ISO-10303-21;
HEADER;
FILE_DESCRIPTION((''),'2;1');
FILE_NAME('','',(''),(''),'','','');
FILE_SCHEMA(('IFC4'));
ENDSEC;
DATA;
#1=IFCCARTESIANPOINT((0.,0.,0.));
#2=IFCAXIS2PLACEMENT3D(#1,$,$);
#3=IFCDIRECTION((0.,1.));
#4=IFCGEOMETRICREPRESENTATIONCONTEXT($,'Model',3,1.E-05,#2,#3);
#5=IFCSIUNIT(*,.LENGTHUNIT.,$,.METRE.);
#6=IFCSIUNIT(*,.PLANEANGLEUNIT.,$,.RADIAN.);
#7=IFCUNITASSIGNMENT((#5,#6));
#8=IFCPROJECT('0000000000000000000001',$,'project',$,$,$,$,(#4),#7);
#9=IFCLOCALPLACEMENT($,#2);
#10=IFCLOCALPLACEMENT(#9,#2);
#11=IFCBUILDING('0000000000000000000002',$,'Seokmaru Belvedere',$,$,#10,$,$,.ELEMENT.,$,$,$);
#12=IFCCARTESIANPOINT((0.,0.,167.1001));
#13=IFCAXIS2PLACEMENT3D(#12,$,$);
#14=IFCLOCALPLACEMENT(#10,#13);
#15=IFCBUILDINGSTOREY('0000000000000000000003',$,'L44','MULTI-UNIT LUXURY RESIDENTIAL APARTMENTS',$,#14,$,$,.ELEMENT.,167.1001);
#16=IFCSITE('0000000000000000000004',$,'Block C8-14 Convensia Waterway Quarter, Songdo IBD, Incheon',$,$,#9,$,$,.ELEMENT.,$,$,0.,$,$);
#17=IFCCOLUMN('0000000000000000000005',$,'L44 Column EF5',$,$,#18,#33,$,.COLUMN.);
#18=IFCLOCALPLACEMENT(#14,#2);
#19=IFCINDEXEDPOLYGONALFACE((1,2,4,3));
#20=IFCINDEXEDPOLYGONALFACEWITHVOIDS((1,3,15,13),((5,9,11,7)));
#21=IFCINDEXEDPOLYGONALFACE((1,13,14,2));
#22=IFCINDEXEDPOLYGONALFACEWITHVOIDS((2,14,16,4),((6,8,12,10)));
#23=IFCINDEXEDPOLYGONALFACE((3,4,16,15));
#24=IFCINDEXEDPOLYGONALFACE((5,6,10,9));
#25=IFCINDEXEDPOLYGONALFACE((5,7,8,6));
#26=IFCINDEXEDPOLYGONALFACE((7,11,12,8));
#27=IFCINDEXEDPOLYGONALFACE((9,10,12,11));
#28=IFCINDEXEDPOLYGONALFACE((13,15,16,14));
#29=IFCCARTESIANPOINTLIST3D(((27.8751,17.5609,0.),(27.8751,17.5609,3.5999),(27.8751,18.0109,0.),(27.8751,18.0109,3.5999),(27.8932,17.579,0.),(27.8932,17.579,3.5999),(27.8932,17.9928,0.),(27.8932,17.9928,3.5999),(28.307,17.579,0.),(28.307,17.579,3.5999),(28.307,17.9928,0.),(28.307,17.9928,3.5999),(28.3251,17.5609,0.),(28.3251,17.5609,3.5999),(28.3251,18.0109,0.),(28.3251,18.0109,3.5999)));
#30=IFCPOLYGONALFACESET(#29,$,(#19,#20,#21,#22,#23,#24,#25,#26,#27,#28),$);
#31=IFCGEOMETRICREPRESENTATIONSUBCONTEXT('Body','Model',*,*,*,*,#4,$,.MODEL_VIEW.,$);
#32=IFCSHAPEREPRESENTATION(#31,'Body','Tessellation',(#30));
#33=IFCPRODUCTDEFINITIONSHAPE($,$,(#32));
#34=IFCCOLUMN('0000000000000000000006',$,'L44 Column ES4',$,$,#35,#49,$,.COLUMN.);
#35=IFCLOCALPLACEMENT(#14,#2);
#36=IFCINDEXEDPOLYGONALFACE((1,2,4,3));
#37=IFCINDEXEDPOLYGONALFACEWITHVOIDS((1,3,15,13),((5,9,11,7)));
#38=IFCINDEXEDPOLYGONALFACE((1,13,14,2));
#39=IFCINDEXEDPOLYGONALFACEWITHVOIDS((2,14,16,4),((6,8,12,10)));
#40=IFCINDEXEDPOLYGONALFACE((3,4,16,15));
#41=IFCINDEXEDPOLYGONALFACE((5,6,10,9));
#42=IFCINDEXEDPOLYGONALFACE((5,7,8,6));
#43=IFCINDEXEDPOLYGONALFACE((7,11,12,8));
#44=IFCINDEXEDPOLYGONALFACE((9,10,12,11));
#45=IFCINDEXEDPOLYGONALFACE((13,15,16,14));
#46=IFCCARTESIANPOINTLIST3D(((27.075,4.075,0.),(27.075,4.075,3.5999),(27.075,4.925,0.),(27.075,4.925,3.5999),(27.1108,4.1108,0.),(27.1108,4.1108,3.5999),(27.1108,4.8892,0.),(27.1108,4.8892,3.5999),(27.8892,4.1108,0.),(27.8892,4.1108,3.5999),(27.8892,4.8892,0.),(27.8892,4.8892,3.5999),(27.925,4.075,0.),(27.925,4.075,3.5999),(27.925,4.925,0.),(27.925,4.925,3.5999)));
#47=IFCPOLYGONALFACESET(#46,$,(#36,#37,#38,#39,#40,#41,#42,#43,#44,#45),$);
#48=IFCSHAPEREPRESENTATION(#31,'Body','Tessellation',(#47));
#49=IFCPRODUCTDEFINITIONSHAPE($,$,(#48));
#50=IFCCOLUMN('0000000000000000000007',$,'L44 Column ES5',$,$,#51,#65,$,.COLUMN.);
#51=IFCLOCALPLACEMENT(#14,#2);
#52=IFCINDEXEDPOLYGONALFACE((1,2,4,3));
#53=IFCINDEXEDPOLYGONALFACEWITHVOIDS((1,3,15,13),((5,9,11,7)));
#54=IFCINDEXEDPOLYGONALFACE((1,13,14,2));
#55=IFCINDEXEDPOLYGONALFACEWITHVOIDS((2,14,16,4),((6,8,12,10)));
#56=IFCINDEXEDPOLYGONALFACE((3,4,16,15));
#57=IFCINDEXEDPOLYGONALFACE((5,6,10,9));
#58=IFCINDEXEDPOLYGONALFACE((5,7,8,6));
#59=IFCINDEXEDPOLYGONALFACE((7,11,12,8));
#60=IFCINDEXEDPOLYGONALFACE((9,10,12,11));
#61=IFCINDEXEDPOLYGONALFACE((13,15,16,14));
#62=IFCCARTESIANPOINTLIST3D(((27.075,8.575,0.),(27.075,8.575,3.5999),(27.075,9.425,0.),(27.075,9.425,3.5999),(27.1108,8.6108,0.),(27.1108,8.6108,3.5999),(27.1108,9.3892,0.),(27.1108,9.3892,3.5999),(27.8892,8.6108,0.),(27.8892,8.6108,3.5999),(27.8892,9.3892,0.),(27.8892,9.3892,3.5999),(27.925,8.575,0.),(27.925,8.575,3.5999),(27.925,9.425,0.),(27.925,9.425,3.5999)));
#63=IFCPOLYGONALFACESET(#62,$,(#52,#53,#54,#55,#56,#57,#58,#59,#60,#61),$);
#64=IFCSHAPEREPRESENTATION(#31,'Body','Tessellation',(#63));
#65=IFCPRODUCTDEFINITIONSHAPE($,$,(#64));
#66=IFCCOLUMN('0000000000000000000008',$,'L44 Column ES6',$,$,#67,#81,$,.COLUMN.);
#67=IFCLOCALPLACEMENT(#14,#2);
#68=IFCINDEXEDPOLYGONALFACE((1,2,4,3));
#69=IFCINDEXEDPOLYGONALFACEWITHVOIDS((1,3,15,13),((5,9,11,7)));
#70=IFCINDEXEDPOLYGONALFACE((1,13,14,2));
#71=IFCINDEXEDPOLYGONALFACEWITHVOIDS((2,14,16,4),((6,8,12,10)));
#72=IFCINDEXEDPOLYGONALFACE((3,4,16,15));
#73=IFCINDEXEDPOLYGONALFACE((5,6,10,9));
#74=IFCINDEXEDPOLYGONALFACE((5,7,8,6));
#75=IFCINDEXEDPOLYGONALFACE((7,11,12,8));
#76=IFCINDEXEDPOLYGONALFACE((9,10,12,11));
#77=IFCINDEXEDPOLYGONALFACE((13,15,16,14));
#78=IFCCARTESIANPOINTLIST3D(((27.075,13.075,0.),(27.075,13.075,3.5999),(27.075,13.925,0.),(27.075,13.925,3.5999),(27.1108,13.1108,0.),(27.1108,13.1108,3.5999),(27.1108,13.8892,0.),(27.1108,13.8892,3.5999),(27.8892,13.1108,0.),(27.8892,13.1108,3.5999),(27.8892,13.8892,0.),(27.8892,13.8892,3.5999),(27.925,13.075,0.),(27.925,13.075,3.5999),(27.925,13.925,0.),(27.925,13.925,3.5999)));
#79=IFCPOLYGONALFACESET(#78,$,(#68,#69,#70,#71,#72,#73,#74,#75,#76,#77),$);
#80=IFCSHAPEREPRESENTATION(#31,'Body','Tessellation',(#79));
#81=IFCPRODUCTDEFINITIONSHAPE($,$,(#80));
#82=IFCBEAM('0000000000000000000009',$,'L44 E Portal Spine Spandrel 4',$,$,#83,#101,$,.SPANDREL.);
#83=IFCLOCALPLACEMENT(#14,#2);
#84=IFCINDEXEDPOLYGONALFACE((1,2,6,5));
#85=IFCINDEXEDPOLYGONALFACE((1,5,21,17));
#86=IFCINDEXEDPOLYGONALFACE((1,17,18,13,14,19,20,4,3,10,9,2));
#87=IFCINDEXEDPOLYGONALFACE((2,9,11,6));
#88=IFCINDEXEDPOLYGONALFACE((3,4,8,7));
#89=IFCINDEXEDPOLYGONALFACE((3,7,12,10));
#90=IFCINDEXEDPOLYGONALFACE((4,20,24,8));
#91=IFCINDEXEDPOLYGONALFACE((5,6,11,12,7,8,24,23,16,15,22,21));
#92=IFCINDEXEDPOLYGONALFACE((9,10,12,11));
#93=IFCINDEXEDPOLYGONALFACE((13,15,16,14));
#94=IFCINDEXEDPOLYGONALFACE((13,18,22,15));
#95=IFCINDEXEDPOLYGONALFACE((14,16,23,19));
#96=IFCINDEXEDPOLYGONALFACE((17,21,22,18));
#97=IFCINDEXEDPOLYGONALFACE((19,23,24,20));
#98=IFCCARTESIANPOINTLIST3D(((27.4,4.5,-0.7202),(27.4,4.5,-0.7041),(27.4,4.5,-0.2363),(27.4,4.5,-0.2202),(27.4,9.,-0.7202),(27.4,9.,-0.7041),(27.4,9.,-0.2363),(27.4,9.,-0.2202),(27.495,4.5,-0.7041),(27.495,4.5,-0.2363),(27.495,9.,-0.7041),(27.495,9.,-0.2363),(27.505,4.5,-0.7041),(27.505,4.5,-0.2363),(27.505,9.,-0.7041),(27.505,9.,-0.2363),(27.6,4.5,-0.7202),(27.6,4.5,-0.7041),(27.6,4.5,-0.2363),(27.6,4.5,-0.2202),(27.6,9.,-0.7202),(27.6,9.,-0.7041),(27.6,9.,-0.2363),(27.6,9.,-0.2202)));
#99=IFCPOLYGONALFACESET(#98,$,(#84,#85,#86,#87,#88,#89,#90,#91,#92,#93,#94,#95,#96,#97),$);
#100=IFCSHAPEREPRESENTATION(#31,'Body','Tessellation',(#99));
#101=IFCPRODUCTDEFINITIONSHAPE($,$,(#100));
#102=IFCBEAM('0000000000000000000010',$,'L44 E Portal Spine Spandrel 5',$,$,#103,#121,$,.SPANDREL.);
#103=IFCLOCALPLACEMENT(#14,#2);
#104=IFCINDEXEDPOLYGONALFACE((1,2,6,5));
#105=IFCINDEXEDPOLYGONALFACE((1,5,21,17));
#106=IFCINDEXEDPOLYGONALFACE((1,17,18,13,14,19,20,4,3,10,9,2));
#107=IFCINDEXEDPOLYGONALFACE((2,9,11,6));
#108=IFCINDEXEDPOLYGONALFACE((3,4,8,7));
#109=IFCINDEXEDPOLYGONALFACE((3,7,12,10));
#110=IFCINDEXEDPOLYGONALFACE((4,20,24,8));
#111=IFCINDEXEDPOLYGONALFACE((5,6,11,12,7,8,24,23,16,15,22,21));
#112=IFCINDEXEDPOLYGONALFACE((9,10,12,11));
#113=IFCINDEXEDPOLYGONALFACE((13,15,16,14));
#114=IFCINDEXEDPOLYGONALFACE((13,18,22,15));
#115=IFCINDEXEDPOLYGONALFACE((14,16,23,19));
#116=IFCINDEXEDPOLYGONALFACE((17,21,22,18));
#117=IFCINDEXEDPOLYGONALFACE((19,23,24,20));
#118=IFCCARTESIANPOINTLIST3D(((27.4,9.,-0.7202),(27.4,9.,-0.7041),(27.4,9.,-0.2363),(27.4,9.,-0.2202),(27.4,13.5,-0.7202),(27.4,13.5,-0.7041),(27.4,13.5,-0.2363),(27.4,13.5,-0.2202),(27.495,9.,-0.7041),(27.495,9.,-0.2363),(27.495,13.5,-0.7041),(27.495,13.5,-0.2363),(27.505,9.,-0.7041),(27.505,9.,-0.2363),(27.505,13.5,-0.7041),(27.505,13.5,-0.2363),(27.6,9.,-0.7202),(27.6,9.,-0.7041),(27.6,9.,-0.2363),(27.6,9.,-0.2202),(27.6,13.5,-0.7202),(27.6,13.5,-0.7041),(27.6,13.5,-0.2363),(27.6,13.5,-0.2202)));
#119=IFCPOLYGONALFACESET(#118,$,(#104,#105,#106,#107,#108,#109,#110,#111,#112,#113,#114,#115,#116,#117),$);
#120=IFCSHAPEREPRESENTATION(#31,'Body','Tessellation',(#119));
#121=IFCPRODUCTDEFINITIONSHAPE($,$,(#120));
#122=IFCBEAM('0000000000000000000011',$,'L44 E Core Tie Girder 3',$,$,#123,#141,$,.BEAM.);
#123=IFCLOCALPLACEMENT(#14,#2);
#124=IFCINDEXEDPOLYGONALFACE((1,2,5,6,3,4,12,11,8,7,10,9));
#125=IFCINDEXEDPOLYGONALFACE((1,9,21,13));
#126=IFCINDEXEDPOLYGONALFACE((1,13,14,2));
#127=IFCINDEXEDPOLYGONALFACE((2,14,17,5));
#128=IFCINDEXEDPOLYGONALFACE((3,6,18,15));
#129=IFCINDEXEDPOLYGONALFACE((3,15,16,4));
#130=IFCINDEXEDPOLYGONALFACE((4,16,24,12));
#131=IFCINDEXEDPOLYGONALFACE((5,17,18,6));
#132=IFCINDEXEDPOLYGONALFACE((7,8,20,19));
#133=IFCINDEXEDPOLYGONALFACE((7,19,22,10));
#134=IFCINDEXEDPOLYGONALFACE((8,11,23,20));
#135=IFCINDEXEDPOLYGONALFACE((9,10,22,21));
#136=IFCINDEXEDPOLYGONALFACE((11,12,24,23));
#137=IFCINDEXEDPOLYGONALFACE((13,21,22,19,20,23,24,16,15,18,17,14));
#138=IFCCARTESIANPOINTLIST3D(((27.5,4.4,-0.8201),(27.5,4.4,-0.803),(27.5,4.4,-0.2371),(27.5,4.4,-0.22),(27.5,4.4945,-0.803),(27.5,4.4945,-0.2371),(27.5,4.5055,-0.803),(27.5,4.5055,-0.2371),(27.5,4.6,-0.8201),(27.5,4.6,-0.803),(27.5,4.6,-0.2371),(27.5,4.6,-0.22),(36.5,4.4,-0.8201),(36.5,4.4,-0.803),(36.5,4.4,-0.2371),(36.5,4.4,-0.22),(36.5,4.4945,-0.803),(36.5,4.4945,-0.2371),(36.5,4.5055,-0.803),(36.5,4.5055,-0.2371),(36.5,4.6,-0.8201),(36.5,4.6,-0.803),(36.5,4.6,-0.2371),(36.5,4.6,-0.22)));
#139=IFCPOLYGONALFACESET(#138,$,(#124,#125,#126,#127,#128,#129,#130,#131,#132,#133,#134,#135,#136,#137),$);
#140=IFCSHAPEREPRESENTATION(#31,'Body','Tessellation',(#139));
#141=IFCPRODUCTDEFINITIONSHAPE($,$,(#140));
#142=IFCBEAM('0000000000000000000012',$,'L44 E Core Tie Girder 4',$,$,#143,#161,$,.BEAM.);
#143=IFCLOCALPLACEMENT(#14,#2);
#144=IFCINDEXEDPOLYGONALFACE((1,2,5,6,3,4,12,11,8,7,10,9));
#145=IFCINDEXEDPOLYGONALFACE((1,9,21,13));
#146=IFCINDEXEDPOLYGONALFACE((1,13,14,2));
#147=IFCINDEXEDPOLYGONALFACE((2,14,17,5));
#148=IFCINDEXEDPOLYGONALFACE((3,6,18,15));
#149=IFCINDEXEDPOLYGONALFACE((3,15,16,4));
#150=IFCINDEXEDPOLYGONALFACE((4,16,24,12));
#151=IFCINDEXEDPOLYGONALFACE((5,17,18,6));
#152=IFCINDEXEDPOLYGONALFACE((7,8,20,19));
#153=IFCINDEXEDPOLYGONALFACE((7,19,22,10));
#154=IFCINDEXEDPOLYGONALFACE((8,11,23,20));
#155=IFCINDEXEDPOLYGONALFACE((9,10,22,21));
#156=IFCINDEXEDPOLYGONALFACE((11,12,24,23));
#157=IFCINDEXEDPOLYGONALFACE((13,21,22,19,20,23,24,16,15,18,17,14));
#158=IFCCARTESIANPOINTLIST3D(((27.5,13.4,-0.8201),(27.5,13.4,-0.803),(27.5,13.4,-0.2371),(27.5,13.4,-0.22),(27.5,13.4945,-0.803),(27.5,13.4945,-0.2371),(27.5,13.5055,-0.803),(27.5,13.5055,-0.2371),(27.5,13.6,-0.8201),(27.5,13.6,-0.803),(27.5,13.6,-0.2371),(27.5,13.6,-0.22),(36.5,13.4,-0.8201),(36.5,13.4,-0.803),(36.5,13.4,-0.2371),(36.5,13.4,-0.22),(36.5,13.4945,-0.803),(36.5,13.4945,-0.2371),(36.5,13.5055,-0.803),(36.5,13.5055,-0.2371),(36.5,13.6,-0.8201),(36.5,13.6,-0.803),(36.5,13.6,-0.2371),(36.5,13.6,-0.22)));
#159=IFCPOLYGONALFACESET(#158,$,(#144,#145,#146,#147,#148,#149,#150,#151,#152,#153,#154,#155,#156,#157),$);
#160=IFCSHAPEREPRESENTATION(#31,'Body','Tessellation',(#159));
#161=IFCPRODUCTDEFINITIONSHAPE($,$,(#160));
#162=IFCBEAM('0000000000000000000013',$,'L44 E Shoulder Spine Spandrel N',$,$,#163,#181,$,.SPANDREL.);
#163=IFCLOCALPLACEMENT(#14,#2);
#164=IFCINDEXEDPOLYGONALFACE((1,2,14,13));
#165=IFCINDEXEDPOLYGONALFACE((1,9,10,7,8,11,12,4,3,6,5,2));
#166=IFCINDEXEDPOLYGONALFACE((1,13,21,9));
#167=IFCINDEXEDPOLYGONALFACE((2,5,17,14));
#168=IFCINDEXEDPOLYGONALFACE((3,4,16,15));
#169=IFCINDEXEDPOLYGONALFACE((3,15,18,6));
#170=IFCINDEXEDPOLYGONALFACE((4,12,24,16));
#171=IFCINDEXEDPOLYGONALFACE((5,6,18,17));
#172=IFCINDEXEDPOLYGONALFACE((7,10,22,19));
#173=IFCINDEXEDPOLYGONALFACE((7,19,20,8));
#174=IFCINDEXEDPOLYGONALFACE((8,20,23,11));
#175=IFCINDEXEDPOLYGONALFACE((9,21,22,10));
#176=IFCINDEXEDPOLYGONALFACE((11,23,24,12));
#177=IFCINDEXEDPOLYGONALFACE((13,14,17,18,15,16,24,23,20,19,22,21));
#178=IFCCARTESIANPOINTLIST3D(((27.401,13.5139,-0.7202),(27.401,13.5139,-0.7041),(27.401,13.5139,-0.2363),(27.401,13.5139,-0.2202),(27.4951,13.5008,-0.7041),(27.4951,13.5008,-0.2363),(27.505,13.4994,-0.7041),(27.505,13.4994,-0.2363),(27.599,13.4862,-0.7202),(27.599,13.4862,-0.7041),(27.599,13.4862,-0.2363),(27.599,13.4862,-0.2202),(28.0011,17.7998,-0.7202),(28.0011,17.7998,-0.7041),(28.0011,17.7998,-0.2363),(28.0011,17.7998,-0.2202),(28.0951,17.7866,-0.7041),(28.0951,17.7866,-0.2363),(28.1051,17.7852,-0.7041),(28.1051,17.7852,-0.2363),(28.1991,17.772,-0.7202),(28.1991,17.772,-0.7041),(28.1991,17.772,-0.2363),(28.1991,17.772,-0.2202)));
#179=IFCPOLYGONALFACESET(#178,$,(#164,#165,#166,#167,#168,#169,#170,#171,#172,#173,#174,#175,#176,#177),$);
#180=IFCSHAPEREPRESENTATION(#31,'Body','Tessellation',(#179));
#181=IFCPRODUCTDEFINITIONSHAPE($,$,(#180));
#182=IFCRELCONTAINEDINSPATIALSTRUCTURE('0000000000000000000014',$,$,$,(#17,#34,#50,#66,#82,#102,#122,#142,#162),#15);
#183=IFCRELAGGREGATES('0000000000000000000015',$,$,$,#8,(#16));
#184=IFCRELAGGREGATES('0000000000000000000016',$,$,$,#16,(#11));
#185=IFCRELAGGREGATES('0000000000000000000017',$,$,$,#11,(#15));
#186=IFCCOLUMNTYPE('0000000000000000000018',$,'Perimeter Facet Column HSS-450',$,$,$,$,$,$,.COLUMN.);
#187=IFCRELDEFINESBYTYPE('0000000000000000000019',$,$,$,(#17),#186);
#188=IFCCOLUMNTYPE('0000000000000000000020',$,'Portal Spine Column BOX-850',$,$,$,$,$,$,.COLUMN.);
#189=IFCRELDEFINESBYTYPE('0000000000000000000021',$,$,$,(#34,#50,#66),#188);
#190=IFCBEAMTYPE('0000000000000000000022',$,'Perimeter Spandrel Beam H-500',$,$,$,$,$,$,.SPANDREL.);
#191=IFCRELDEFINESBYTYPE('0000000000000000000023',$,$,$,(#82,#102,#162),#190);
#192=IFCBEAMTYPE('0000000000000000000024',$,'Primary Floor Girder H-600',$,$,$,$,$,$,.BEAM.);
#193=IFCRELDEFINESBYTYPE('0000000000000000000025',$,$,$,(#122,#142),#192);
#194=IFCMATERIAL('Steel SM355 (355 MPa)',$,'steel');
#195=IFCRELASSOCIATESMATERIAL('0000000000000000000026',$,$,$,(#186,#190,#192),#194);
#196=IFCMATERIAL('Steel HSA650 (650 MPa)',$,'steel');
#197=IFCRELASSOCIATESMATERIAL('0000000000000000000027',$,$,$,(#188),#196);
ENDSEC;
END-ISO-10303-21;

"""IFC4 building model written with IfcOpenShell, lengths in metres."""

from ifc_helpers import new_model, si_unit, direction, frame, origin, origin_2d, place, context, subcontext, project, spatial, hollow_rectangle, i_section, extrude, source, transform, mapped, material, material_profile, profile_set, type_object, type_shapes, element, save


model = new_model("IFC4")

# Units and contexts
model_context = context("Model", 3, precision=1e-05, world=origin(), true_north=direction((0.0, 1.0)))
body_context = subcontext(model_context, "Body", "Model", "MODEL_VIEW")
ifc_project = project(units=[si_unit("LENGTHUNIT", "METRE"), si_unit("PLANEANGLEUNIT", "RADIAN")], contexts=[model_context])

# Site, building, storey
site_placement = place(None, origin())
site = spatial("IfcSite", under=ifc_project, at=site_placement, Name="Block C8-14 Convensia Waterway Quarter, Songdo IBD, Incheon", CompositionType="ELEMENT", RefElevation=0.0)
building_placement = place(site_placement, origin())
building = spatial("IfcBuilding", under=site, at=building_placement, Name="Seokmaru Belvedere", CompositionType="ELEMENT")
storey_placement = place(building_placement, frame((0.0, 0.0, 167.1001)))
storey = spatial("IfcBuildingStorey", under=building, at=storey_placement, Name="L44", Description="MULTI-UNIT LUXURY RESIDENTIAL APARTMENTS", CompositionType="ELEMENT", Elevation=167.1001)

# Columns
ifc_material_1 = material(Name="Steel SM355 (355 MPa)", Category="steel")
ifc_material_profile_1 = material_profile(ifc_material_1, hollow_rectangle(XDim=0.45, YDim=0.45, WallThickness=0.0181, at=origin_2d()), Name="HSS-450x450x18")
ifc_profile_set_1 = profile_set([ifc_material_profile_1], Name="Steel SM355 (355 MPa)")
column_type_1 = type_object("IfcColumnType", Name="Perimeter Facet Column HSS-450", PredefinedType="COLUMN", material=ifc_profile_set_1)
shared_shape_1 = source(origin(), body_context, "Body", "SweptSolid", [
    extrude(hollow_rectangle(XDim=0.45, YDim=0.45, WallThickness=0.0181, at=origin_2d()), origin(), (0.0, 0.0, 1.0), 3.5999),
])
type_shapes(column_type_1, [shared_shape_1])
column_placement = place(storey_placement, frame((28.1001, 17.7859, 0.0), z_axis=(0.0, 0.0, 1.0), x_axis=(1.0, 0.0, 0.0)))
element("IfcColumn", 1, at=column_placement, inside=storey, type_object=column_type_1, Name="L44 Column EF5", PredefinedType="COLUMN", context=body_context, shape_type="MappedRepresentation", body=[
    mapped(shared_shape_1, transform((0.0, 0.0, 0.0), scale=1.0)),
])
ifc_material_2 = material(Name="Steel HSA650 (650 MPa)", Category="steel")
ifc_material_profile_2 = material_profile(ifc_material_2, hollow_rectangle(XDim=0.8501, YDim=0.8501, WallThickness=0.0359, at=origin_2d()), Name="BOX-850x850x36")
ifc_profile_set_2 = profile_set([ifc_material_profile_2], Name="Steel HSA650 (650 MPa)")
column_type_2 = type_object("IfcColumnType", Name="Portal Spine Column BOX-850", PredefinedType="COLUMN", material=ifc_profile_set_2)
shared_shape_2 = source(origin(), body_context, "Body", "SweptSolid", [
    extrude(hollow_rectangle(XDim=0.8501, YDim=0.8501, WallThickness=0.0359, at=origin_2d()), origin(), (0.0, 0.0, 1.0), 3.5999),
])
type_shapes(column_type_2, [shared_shape_2])
for number, where, z_axis, x_axis, name in (
    (2, (27.5, 4.5, 0.0), (0.0, 0.0, 1.0), (1.0, 0.0, 0.0), "L44 Column ES4"),
    (3, (27.5, 9.0, 0.0), (0.0, 0.0, 1.0), (1.0, 0.0, 0.0), "L44 Column ES5"),
    (4, (27.5, 13.5, 0.0), (0.0, 0.0, 1.0), (1.0, 0.0, 0.0), "L44 Column ES6"),
):
    element("IfcColumn", number, at=place(storey_placement, frame(where, z_axis=z_axis, x_axis=x_axis)), inside=storey, type_object=column_type_2, Name=name, PredefinedType="COLUMN", context=body_context, shape_type="MappedRepresentation", body=[
        mapped(shared_shape_2, transform((0.0, 0.0, 0.0), scale=1.0)),
    ])

# Beams
ifc_material_profile_3 = material_profile(ifc_material_1, i_section(OverallWidth=0.2, OverallDepth=0.5, WebThickness=0.01, FlangeThickness=0.0161, at=origin_2d()), Name="H-500x200x10x16")
ifc_profile_set_3 = profile_set([ifc_material_profile_3], Name="Steel SM355 (355 MPa)")
beam_type_1 = type_object("IfcBeamType", Name="Perimeter Spandrel Beam H-500", PredefinedType="SPANDREL", material=ifc_profile_set_3)
shared_shape_3 = source(origin(), body_context, "Body", "SweptSolid", [
    extrude(i_section(OverallWidth=0.2, OverallDepth=0.5, WebThickness=0.01, FlangeThickness=0.0161, at=origin_2d()), origin(), (0.0, 0.0, 1.0), 4.5),
])
for number, where, z_axis, x_axis, name in (
    (5, (27.5, 4.5, -0.4702), (0.0, 1.0, 0.0), (-1.0, 0.0, 0.0), "L44 E Portal Spine Spandrel 4"),
    (6, (27.5, 9.0, -0.4702), (0.0, 1.0, 0.0), (-1.0, 0.0, 0.0), "L44 E Portal Spine Spandrel 5"),
):
    element("IfcBeam", number, at=place(storey_placement, frame(where, z_axis=z_axis, x_axis=x_axis)), inside=storey, type_object=beam_type_1, Name=name, PredefinedType="SPANDREL", context=body_context, shape_type="MappedRepresentation", body=[
        mapped(shared_shape_3, transform((0.0, 0.0, 0.0), scale=1.0)),
    ])
ifc_material_profile_4 = material_profile(ifc_material_1, i_section(OverallWidth=0.2, OverallDepth=0.6001, WebThickness=0.011, FlangeThickness=0.0171, at=origin_2d()), Name="H-600x200x11x17")
ifc_profile_set_4 = profile_set([ifc_material_profile_4], Name="Steel SM355 (355 MPa)")
beam_type_2 = type_object("IfcBeamType", Name="Primary Floor Girder H-600", PredefinedType="BEAM", material=ifc_profile_set_4)
shared_shape_4 = source(origin(), body_context, "Body", "SweptSolid", [
    extrude(i_section(OverallWidth=0.2, OverallDepth=0.6001, WebThickness=0.011, FlangeThickness=0.0171, at=origin_2d()), origin(), (0.0, 0.0, 1.0), 9.0),
])
type_shapes(beam_type_2, [shared_shape_4])
for number, where, z_axis, x_axis, name in (
    (7, (27.5, 4.5, -0.52), (1.0, 0.0, 0.0), (0.0, 1.0, 0.0), "L44 E Core Tie Girder 3"),
    (8, (27.5, 13.5, -0.52), (1.0, 0.0, 0.0), (0.0, 1.0, 0.0), "L44 E Core Tie Girder 4"),
):
    element("IfcBeam", number, at=place(storey_placement, frame(where, z_axis=z_axis, x_axis=x_axis)), inside=storey, type_object=beam_type_2, Name=name, PredefinedType="BEAM", context=body_context, shape_type="MappedRepresentation", body=[
        mapped(shared_shape_4, transform((0.0, 0.0, 0.0), scale=1.0)),
    ])
shared_shape_5 = source(origin(), body_context, "Body", "SweptSolid", [
    extrude(i_section(OverallWidth=0.2, OverallDepth=0.5, WebThickness=0.01, FlangeThickness=0.0161, at=origin_2d()), origin(), (0.0, 0.0, 1.0), 4.3276),
])
type_shapes(beam_type_1, [shared_shape_3, shared_shape_5])
beam_placement = place(storey_placement, frame((28.1001, 17.7859, -0.4702), z_axis=(-0.138664, -0.990339, 0.0), x_axis=(0.990339, -0.138664, 0.0)))
element("IfcBeam", 9, at=beam_placement, inside=storey, type_object=beam_type_1, Name="L44 E Shoulder Spine Spandrel N", PredefinedType="SPANDREL", context=body_context, shape_type="MappedRepresentation", body=[
    mapped(shared_shape_5, transform((0.0, 0.0, 0.0), scale=1.0)),
])

save(model, "model.ifc")
